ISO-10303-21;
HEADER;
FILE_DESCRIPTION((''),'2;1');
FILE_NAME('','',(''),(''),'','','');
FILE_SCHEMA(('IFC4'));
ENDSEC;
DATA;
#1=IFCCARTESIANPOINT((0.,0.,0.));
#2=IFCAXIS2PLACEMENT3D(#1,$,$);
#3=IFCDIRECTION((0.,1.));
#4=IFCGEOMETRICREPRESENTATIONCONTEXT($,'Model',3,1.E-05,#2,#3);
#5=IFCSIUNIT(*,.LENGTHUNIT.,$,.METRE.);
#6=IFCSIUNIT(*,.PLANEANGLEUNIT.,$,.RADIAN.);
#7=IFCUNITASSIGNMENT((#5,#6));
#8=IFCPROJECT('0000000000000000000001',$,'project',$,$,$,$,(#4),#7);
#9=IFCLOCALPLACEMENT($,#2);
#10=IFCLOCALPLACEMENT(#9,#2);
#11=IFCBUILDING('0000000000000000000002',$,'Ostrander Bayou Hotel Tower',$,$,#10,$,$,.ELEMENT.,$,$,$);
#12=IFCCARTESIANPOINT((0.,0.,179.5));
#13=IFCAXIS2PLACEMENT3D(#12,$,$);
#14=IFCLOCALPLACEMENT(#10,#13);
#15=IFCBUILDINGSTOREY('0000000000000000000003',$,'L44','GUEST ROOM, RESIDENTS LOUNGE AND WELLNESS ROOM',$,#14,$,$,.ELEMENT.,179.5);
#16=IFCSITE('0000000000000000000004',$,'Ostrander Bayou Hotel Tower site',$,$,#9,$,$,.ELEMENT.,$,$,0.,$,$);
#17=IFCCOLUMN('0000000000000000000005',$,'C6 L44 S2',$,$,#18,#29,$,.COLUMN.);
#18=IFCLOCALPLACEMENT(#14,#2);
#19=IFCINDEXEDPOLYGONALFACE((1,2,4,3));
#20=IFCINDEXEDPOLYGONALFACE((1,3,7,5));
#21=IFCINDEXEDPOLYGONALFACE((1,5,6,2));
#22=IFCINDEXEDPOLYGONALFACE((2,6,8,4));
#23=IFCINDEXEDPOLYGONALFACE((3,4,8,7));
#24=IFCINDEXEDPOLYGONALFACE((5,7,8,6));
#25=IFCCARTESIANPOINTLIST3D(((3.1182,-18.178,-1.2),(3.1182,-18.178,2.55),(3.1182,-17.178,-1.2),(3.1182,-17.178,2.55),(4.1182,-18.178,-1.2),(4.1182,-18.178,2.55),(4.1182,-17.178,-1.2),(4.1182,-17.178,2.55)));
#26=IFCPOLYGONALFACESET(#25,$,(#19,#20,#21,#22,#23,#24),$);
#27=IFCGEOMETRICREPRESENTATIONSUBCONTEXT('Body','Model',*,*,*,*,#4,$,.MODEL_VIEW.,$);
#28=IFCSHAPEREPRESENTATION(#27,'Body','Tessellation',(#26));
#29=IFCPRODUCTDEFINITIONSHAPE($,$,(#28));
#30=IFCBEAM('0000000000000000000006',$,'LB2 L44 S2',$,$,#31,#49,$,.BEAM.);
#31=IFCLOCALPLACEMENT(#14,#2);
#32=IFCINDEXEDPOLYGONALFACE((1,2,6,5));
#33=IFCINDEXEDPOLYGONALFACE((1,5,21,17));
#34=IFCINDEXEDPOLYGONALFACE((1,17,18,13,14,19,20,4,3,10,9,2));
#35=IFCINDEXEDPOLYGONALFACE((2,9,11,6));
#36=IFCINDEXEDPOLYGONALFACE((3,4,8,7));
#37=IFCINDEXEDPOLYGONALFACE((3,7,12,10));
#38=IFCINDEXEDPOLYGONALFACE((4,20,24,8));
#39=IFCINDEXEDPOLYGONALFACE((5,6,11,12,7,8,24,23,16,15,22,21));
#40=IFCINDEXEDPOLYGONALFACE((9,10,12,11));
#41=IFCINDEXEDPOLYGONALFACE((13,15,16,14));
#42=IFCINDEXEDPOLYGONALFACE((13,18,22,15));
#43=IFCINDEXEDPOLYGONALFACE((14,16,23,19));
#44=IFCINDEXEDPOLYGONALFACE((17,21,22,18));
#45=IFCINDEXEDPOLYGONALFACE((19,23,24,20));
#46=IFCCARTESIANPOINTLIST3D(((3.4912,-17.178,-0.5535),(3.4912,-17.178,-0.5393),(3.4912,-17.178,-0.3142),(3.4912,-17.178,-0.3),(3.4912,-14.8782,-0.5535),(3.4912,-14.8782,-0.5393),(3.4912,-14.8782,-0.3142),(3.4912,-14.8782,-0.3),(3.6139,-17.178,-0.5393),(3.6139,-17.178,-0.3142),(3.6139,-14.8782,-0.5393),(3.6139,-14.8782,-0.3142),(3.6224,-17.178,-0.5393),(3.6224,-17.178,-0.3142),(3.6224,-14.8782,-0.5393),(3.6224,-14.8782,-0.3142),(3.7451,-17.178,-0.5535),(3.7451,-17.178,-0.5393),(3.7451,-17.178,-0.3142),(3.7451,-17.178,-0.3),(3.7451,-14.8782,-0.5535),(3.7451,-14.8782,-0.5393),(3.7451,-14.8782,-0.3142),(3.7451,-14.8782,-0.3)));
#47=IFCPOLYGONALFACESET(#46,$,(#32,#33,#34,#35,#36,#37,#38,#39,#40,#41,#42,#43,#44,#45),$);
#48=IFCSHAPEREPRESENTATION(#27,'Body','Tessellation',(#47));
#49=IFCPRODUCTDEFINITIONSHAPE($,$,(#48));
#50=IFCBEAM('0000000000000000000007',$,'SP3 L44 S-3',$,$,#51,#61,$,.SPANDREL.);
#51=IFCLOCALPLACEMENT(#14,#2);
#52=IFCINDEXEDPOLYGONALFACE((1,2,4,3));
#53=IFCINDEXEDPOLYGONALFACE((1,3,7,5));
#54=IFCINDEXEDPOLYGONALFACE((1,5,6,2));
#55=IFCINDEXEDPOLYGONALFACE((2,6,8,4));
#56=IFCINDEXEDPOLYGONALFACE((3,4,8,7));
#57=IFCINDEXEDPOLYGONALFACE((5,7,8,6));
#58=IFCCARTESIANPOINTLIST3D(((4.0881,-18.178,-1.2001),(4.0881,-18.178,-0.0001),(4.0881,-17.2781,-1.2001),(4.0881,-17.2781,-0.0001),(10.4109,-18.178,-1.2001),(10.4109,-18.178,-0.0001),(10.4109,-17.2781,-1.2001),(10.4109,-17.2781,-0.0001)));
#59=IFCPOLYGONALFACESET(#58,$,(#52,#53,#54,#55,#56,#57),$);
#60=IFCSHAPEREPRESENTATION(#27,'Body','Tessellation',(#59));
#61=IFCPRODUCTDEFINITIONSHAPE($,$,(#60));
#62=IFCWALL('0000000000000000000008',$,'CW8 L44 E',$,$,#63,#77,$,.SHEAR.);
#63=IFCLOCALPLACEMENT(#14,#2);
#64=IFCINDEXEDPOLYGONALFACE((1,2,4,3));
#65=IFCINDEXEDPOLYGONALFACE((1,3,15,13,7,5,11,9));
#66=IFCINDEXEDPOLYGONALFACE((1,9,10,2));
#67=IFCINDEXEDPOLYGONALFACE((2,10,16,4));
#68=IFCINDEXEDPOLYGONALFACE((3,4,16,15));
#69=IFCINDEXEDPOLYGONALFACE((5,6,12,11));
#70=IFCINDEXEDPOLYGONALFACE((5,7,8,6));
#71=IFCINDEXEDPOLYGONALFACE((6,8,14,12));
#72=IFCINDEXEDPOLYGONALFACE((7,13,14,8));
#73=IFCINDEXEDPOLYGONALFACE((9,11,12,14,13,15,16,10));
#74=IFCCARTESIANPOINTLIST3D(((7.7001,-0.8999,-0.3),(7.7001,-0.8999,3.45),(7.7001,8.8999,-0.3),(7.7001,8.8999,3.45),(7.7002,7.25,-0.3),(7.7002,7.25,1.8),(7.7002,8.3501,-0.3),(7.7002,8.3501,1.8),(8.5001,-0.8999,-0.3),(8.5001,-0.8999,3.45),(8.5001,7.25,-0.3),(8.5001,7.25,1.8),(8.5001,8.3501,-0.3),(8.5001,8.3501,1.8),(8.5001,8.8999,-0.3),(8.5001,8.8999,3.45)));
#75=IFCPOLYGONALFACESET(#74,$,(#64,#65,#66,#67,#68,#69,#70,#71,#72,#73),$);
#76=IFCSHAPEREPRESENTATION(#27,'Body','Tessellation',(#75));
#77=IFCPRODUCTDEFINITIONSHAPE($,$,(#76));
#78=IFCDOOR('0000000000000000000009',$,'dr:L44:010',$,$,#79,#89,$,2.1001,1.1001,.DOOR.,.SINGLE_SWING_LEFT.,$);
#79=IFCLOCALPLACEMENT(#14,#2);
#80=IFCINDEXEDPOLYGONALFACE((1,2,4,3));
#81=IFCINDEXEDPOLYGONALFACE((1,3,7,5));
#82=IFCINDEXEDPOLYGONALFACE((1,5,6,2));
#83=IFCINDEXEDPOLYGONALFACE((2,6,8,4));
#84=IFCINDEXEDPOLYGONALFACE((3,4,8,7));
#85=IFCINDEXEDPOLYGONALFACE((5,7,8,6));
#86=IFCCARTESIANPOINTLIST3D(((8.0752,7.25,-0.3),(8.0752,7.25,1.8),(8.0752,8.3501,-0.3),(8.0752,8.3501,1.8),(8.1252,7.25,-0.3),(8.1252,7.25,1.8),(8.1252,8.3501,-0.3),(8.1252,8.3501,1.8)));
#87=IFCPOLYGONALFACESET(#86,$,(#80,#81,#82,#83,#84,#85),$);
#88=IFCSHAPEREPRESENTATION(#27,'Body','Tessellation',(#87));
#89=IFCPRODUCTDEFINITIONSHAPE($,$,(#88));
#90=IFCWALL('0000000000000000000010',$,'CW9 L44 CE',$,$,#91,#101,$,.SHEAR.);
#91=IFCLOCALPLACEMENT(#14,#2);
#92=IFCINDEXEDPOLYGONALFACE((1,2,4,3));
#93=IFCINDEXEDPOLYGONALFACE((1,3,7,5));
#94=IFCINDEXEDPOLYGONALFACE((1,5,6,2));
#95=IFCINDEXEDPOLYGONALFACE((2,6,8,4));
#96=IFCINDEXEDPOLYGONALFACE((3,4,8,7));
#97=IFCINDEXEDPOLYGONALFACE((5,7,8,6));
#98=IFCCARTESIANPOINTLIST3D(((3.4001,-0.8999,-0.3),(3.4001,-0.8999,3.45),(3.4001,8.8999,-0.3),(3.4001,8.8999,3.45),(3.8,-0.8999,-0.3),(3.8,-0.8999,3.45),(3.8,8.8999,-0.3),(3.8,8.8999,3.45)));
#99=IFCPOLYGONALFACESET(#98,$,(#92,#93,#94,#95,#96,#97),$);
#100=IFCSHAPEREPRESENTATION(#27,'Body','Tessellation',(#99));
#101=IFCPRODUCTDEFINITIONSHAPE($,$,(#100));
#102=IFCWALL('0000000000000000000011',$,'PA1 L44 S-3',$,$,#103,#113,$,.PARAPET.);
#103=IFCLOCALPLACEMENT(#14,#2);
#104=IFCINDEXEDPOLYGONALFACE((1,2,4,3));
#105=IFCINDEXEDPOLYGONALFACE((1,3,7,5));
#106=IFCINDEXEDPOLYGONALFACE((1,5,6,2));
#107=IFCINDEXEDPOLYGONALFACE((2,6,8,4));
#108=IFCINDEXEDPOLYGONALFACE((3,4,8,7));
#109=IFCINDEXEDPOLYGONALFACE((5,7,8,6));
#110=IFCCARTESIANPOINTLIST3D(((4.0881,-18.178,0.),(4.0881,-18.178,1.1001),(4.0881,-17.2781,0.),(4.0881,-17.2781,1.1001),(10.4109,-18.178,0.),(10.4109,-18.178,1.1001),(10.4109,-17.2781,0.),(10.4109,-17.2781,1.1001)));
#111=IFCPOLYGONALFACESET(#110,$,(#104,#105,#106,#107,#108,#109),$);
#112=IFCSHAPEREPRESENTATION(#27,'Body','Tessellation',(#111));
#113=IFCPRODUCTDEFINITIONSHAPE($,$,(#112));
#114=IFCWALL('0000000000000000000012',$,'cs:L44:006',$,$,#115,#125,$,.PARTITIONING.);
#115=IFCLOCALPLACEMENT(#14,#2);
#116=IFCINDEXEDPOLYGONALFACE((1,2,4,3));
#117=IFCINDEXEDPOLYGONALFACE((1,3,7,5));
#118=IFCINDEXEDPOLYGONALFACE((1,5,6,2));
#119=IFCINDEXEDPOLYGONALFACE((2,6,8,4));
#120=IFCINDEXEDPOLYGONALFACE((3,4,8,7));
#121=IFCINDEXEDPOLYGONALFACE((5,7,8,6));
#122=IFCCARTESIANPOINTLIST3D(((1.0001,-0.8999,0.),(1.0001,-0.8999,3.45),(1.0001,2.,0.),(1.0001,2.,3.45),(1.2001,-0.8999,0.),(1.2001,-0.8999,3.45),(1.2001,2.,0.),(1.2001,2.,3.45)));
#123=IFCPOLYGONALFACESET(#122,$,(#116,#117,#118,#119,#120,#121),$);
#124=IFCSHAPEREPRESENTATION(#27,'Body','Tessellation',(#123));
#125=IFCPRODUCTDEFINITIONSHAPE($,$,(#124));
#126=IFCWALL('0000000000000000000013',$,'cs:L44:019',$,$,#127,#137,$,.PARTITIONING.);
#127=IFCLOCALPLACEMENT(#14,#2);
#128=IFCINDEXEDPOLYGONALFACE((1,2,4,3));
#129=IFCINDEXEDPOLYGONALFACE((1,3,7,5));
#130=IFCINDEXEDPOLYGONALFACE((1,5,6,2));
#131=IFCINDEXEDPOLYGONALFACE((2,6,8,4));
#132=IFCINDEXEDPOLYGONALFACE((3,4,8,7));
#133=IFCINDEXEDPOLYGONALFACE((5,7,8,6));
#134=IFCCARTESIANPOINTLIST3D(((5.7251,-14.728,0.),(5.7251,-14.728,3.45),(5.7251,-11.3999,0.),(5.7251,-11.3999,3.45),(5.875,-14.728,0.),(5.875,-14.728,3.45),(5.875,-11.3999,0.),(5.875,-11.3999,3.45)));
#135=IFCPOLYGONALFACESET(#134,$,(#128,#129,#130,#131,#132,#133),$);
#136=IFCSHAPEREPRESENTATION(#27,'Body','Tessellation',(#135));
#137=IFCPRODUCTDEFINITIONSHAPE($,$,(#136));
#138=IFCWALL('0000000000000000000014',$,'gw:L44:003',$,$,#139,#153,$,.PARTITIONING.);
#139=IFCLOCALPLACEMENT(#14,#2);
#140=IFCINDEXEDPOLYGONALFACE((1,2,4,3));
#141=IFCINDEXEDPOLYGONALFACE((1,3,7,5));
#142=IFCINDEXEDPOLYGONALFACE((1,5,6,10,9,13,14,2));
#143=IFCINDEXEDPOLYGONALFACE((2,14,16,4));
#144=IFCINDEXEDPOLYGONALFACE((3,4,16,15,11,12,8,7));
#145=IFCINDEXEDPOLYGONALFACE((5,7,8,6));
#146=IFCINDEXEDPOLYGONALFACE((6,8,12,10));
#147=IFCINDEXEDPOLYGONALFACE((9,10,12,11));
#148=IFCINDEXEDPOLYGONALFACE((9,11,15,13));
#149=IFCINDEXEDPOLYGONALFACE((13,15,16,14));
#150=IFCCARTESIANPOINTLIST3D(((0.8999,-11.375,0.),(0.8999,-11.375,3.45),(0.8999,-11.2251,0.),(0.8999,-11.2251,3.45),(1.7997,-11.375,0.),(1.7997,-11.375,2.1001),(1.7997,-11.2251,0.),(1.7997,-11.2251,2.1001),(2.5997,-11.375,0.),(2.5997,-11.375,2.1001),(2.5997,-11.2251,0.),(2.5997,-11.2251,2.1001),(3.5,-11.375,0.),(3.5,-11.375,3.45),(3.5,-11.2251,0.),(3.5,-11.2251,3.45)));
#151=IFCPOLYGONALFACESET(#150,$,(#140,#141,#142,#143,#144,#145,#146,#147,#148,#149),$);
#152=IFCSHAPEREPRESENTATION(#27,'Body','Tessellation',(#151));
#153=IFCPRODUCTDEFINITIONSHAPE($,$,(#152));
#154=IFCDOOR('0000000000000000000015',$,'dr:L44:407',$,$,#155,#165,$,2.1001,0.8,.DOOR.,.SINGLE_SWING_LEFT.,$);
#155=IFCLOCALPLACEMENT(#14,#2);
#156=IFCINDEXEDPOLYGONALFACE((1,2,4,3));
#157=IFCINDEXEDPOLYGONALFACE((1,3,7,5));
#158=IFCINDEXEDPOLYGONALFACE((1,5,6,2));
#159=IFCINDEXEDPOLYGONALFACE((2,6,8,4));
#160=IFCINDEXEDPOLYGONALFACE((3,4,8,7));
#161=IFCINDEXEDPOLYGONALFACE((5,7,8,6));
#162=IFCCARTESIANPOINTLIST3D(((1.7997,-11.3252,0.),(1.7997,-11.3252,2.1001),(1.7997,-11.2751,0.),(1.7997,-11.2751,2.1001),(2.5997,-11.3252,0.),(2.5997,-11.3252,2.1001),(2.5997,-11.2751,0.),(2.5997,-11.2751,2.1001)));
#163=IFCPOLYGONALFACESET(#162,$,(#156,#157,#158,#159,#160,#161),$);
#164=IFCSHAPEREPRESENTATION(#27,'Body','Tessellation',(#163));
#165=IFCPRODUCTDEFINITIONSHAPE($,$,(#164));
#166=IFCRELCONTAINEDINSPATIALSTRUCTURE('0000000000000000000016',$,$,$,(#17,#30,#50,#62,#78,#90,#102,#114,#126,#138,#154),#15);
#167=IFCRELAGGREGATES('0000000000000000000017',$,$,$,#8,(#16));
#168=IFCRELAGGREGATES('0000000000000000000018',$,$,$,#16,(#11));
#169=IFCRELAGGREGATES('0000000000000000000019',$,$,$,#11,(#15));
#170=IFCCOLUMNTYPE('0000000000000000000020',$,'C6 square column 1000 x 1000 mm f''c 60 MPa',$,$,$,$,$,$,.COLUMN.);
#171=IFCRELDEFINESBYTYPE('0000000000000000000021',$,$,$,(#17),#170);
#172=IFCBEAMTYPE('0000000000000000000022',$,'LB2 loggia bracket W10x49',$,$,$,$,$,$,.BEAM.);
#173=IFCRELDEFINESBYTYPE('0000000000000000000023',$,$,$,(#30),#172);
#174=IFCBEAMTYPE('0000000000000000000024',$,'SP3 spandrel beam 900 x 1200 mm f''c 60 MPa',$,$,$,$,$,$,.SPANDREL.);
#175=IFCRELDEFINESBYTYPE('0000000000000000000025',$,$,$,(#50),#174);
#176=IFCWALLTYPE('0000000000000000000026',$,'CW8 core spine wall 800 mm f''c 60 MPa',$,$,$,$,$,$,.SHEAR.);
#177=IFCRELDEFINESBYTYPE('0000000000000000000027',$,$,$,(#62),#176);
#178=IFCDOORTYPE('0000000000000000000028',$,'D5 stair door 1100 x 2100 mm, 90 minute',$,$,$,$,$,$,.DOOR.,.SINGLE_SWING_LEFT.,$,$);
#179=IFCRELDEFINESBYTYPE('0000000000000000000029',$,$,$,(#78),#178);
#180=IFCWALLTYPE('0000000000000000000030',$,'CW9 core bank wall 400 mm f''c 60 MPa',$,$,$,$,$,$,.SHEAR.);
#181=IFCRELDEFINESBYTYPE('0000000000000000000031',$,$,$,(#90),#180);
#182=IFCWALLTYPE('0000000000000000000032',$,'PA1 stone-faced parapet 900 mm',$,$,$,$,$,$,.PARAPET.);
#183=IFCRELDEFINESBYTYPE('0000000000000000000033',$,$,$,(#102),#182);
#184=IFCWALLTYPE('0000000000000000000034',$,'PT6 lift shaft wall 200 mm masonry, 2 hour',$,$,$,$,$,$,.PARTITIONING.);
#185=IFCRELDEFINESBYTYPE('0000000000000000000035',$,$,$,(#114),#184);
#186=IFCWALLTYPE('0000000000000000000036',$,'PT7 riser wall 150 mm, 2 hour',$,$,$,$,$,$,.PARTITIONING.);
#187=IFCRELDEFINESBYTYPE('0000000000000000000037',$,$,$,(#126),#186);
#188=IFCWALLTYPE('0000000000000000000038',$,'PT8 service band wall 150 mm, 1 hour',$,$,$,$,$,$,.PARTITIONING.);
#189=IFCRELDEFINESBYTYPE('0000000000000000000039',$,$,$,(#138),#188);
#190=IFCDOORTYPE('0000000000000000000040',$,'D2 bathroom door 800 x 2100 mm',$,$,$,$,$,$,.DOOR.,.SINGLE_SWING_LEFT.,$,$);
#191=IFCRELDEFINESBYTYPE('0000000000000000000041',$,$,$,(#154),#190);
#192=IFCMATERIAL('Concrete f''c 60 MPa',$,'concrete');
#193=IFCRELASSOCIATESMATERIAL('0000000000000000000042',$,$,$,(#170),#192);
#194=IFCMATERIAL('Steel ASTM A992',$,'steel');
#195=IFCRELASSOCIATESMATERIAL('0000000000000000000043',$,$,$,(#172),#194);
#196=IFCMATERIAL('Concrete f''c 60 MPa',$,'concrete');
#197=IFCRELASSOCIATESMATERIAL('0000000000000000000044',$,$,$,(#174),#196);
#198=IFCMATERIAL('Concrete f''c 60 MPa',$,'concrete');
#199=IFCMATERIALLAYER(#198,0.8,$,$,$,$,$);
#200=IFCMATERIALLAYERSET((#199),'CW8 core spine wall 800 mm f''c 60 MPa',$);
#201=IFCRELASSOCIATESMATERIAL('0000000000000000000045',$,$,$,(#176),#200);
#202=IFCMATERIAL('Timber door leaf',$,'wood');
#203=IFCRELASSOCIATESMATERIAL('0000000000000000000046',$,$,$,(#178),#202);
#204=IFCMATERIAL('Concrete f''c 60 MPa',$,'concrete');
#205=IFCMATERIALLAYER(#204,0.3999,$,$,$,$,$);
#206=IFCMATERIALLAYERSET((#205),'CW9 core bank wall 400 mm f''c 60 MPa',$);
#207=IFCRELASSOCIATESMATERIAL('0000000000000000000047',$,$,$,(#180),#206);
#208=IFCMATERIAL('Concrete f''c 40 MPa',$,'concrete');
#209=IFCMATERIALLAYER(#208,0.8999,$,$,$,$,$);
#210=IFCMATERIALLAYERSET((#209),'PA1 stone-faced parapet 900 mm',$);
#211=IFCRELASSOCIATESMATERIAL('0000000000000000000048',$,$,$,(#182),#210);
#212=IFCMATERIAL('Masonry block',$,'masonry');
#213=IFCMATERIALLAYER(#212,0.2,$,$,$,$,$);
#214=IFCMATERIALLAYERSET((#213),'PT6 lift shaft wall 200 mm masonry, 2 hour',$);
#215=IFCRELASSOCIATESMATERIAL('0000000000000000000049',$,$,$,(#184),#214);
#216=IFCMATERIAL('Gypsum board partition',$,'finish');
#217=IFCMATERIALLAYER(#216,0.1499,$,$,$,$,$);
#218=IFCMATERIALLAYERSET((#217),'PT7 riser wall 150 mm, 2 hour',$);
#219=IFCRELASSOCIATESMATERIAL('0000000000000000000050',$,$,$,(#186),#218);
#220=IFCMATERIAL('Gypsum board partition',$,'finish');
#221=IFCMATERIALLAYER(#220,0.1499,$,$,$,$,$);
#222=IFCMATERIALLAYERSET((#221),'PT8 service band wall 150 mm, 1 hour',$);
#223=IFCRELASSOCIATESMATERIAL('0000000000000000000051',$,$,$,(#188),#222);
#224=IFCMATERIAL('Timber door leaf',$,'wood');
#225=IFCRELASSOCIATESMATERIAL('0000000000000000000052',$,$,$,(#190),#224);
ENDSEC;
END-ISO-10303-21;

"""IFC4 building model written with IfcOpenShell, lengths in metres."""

from ifc_helpers import new_model, si_unit, direction, frame, frame_2d, origin, origin_2d, place, context, subcontext, project, spatial, rectangle, i_section, extrude, material, layer, layer_set, material_profile, profile_set, type_object, element, fill, save


model = new_model("IFC4")

# Units and contexts
model_context = context("Model", 3, precision=1e-05, world=origin(), true_north=direction((0.0, 1.0)))
body_context = subcontext(model_context, "Body", "Model", "MODEL_VIEW")
ifc_project = project(units=[si_unit("LENGTHUNIT", "METRE"), si_unit("PLANEANGLEUNIT", "RADIAN")], contexts=[model_context])

# Site, building, storey
site_placement = place(None, origin())
site = spatial("IfcSite", under=ifc_project, at=site_placement, Name="Ostrander Bayou Hotel Tower site", CompositionType="ELEMENT", RefElevation=0.0)
building_placement = place(site_placement, origin())
building = spatial("IfcBuilding", under=site, at=building_placement, Name="Ostrander Bayou Hotel Tower", CompositionType="ELEMENT")
storey_placement = place(building_placement, frame((0.0, 0.0, 179.5)))
storey = spatial("IfcBuildingStorey", under=building, at=storey_placement, Name="L44", Description="GUEST ROOM, RESIDENTS LOUNGE AND WELLNESS ROOM", CompositionType="ELEMENT", Elevation=179.5)

# Column
ifc_material_1 = material(Name="Concrete f'c 60 MPa", Category="concrete")
ifc_material_profile_1 = material_profile(ifc_material_1, rectangle(XDim=1.0, YDim=1.0, at=origin_2d()))
ifc_profile_set_1 = profile_set([ifc_material_profile_1], Name="Concrete f'c 60 MPa")
column_type = type_object("IfcColumnType", Name="C6 square column 1000 x 1000 mm f'c 60 MPa", PredefinedType="COLUMN", material=ifc_profile_set_1)
column_placement = place(storey_placement, frame((3.6182, -17.678, -1.2), z_axis=(0.0, 0.0, 1.0), x_axis=(-1.0, 0.0, 0.0)))
element("IfcColumn", 1, at=column_placement, inside=storey, type_object=column_type, Name="C6 L44 S2", PredefinedType="COLUMN", context=body_context, shape_type="SweptSolid", body=[
    extrude(rectangle(XDim=1.0, YDim=1.0, at=origin_2d()), origin(), (0.0, 0.0, 1.0), 3.75),
])

# Beams
ifc_material_2 = material(Name="Steel ASTM A992", Category="steel")
ifc_material_profile_2 = material_profile(ifc_material_2, i_section(OverallWidth=0.2539, OverallDepth=0.2534, WebThickness=0.0085, FlangeThickness=0.0142, at=origin_2d()))
ifc_profile_set_2 = profile_set([ifc_material_profile_2], Name="Steel ASTM A992")
beam_type_1 = type_object("IfcBeamType", Name="LB2 loggia bracket W10x49", PredefinedType="BEAM", material=ifc_profile_set_2)
beam_1_placement = place(storey_placement, frame((3.6182, -17.178, -0.4268), z_axis=(0.0, 1.0, 0.0), x_axis=(-1.0, 0.0, 0.0)))
element("IfcBeam", 2, at=beam_1_placement, inside=storey, type_object=beam_type_1, Name="LB2 L44 S2", PredefinedType="BEAM", context=body_context, shape_type="SweptSolid", body=[
    extrude(i_section(OverallWidth=0.2539, OverallDepth=0.2534, WebThickness=0.0085, FlangeThickness=0.0142, at=origin_2d()), origin(), (0.0, 0.0, 1.0), 2.2998),
])
ifc_material_3 = material(Name="Concrete f'c 60 MPa", Category="concrete")
ifc_material_profile_3 = material_profile(ifc_material_3, rectangle(XDim=0.8999, YDim=1.2, at=origin_2d()))
ifc_profile_set_3 = profile_set([ifc_material_profile_3], Name="Concrete f'c 60 MPa")
beam_type_2 = type_object("IfcBeamType", Name="SP3 spandrel beam 900 x 1200 mm f'c 60 MPa", PredefinedType="SPANDREL", material=ifc_profile_set_3)
beam_2_placement = place(storey_placement, frame((4.0881, -17.728, -0.6001), z_axis=(1.0, 0.0, 0.0), x_axis=(0.0, 1.0, 0.0)))
element("IfcBeam", 3, at=beam_2_placement, inside=storey, type_object=beam_type_2, Name="SP3 L44 S-3", PredefinedType="SPANDREL", context=body_context, shape_type="SweptSolid", body=[
    extrude(rectangle(XDim=0.8999, YDim=1.2, at=origin_2d()), origin(), (0.0, 0.0, 1.0), 6.3228),
])

# Wall, opening, door
ifc_material_4 = material(Name="Concrete f'c 60 MPa", Category="concrete")
ifc_layer_1 = layer(ifc_material_4, 0.8)
ifc_layer_set_1 = layer_set([ifc_layer_1], Name="CW8 core spine wall 800 mm f'c 60 MPa")
wall_type_1 = type_object("IfcWallType", Name="CW8 core spine wall 800 mm f'c 60 MPa", PredefinedType="SHEAR", material=ifc_layer_set_1)
wall_1_placement = place(storey_placement, frame((8.1001, -0.8999, -0.3), z_axis=(0.0, 0.0, 1.0), x_axis=(0.0, 1.0, 0.0)))
wall_1 = element("IfcWall", 4, at=wall_1_placement, inside=storey, type_object=wall_type_1, Name="CW8 L44 E", PredefinedType="SHEAR", context=body_context, shape_type="SweptSolid", body=[
    extrude(rectangle(XDim=9.7998, YDim=0.8, at=frame_2d((4.8999, 0.0))), origin(), (0.0, 0.0, 1.0), 3.75),
])
opening_1_placement = place(wall_1_placement, frame((8.1499, 0.0, 0.0)))
opening_1 = element("IfcOpeningElement", 5, at=opening_1_placement, cuts=wall_1, PredefinedType="OPENING", context=body_context, shape_type="SweptSolid", body=[
    extrude(rectangle(XDim=1.1001, YDim=2.1001, at=frame_2d((0.55, 1.05))), frame((0.0, 0.3999, 0.0), z_axis=(0.0, -1.0, 0.0), x_axis=(1.0, 0.0, 0.0)), (0.0, 0.0, 1.0), 0.8),
])
ifc_material_5 = material(Name="Timber door leaf", Category="wood")
door_type_1 = type_object("IfcDoorType", Name="D5 stair door 1100 x 2100 mm, 90 minute", OperationType="SINGLE_SWING_LEFT", PredefinedType="DOOR", material=ifc_material_5)
door_1_placement = place(opening_1_placement, origin())
door_1 = element("IfcDoor", 6, at=door_1_placement, inside=storey, type_object=door_type_1, Name="dr:L44:010", OperationType="SINGLE_SWING_LEFT", OverallHeight=2.1001, OverallWidth=1.1001, PredefinedType="DOOR", context=body_context, shape_type="SweptSolid", body=[
    extrude(rectangle(XDim=1.1001, YDim=2.1001, at=frame_2d((0.55, 1.05))), frame((0.0, 0.0249, 0.0), z_axis=(0.0, -1.0, 0.0), x_axis=(1.0, 0.0, 0.0)), (0.0, 0.0, 1.0), 0.05),
])
fill(opening_1, door_1)

# Walls
ifc_material_6 = material(Name="Concrete f'c 60 MPa", Category="concrete")
ifc_layer_2 = layer(ifc_material_6, 0.3999)
ifc_layer_set_2 = layer_set([ifc_layer_2], Name="CW9 core bank wall 400 mm f'c 60 MPa")
wall_type_2 = type_object("IfcWallType", Name="CW9 core bank wall 400 mm f'c 60 MPa", PredefinedType="SHEAR", material=ifc_layer_set_2)
wall_2_placement = place(storey_placement, frame((3.6001, -0.8999, -0.3), z_axis=(0.0, 0.0, 1.0), x_axis=(0.0, 1.0, 0.0)))
element("IfcWall", 7, at=wall_2_placement, inside=storey, type_object=wall_type_2, Name="CW9 L44 CE", PredefinedType="SHEAR", context=body_context, shape_type="SweptSolid", body=[
    extrude(rectangle(XDim=9.7998, YDim=0.3999, at=frame_2d((4.8999, 0.0))), origin(), (0.0, 0.0, 1.0), 3.75),
])
ifc_material_7 = material(Name="Concrete f'c 40 MPa", Category="concrete")
ifc_layer_3 = layer(ifc_material_7, 0.8999)
ifc_layer_set_3 = layer_set([ifc_layer_3], Name="PA1 stone-faced parapet 900 mm")
wall_type_3 = type_object("IfcWallType", Name="PA1 stone-faced parapet 900 mm", PredefinedType="PARAPET", material=ifc_layer_set_3)
wall_3_placement = place(storey_placement, frame((4.0881, -17.728, 0.0), z_axis=(0.0, 0.0, 1.0), x_axis=(1.0, 0.0, 0.0)))
element("IfcWall", 8, at=wall_3_placement, inside=storey, type_object=wall_type_3, Name="PA1 L44 S-3", PredefinedType="PARAPET", context=body_context, shape_type="SweptSolid", body=[
    extrude(rectangle(XDim=6.3228, YDim=0.8999, at=frame_2d((3.1614, 0.0))), origin(), (0.0, 0.0, 1.0), 1.1001),
])
ifc_material_8 = material(Name="Masonry block", Category="masonry")
ifc_layer_4 = layer(ifc_material_8, 0.2)
ifc_layer_set_4 = layer_set([ifc_layer_4], Name="PT6 lift shaft wall 200 mm masonry, 2 hour")
wall_type_4 = type_object("IfcWallType", Name="PT6 lift shaft wall 200 mm masonry, 2 hour", PredefinedType="PARTITIONING", material=ifc_layer_set_4)
wall_4_placement = place(storey_placement, frame((1.1001, -0.8999, 0.0), z_axis=(0.0, 0.0, 1.0), x_axis=(0.0, 1.0, 0.0)))
element("IfcWall", 9, at=wall_4_placement, inside=storey, type_object=wall_type_4, Name="cs:L44:006", PredefinedType="PARTITIONING", context=body_context, shape_type="SweptSolid", body=[
    extrude(rectangle(XDim=2.8999, YDim=0.2, at=frame_2d((1.45, 0.0))), origin(), (0.0, 0.0, 1.0), 3.45),
])
ifc_material_9 = material(Name="Gypsum board partition", Category="finish")
ifc_layer_5 = layer(ifc_material_9, 0.1499)
ifc_layer_set_5 = layer_set([ifc_layer_5], Name="PT7 riser wall 150 mm, 2 hour")
wall_type_5 = type_object("IfcWallType", Name="PT7 riser wall 150 mm, 2 hour", PredefinedType="PARTITIONING", material=ifc_layer_set_5)
wall_5_placement = place(storey_placement, frame((5.8, -11.3999, 0.0), z_axis=(0.0, 0.0, 1.0), x_axis=(0.0, -1.0, 0.0)))
element("IfcWall", 10, at=wall_5_placement, inside=storey, type_object=wall_type_5, Name="cs:L44:019", PredefinedType="PARTITIONING", context=body_context, shape_type="SweptSolid", body=[
    extrude(rectangle(XDim=3.3281, YDim=0.1499, at=frame_2d((1.6641, 0.0))), origin(), (0.0, 0.0, 1.0), 3.45),
])

# Wall, opening, door
ifc_material_10 = material(Name="Gypsum board partition", Category="finish")
ifc_layer_6 = layer(ifc_material_10, 0.1499)
ifc_layer_set_6 = layer_set([ifc_layer_6], Name="PT8 service band wall 150 mm, 1 hour")
wall_type_6 = type_object("IfcWallType", Name="PT8 service band wall 150 mm, 1 hour", PredefinedType="PARTITIONING", material=ifc_layer_set_6)
wall_6_placement = place(storey_placement, frame((0.8999, -11.3, 0.0), z_axis=(0.0, 0.0, 1.0), x_axis=(1.0, 0.0, 0.0)))
wall_6 = element("IfcWall", 11, at=wall_6_placement, inside=storey, type_object=wall_type_6, Name="gw:L44:003", PredefinedType="PARTITIONING", context=body_context, shape_type="SweptSolid", body=[
    extrude(rectangle(XDim=2.6001, YDim=0.1499, at=frame_2d((1.3, 0.0))), origin(), (0.0, 0.0, 1.0), 3.45),
])
opening_2_placement = place(wall_6_placement, frame((0.8999, 0.0, 0.0)))
opening_2 = element("IfcOpeningElement", 12, at=opening_2_placement, cuts=wall_6, PredefinedType="OPENING", context=body_context, shape_type="SweptSolid", body=[
    extrude(rectangle(XDim=0.8, YDim=2.1001, at=frame_2d((0.3999, 1.05))), frame((0.0, 0.075, 0.0), z_axis=(0.0, -1.0, 0.0), x_axis=(1.0, 0.0, 0.0)), (0.0, 0.0, 1.0), 0.1499),
])
ifc_material_11 = material(Name="Timber door leaf", Category="wood")
door_type_2 = type_object("IfcDoorType", Name="D2 bathroom door 800 x 2100 mm", OperationType="SINGLE_SWING_LEFT", PredefinedType="DOOR", material=ifc_material_11)
door_2_placement = place(opening_2_placement, origin())
door_2 = element("IfcDoor", 13, at=door_2_placement, inside=storey, type_object=door_type_2, Name="dr:L44:407", OperationType="SINGLE_SWING_LEFT", OverallHeight=2.1001, OverallWidth=0.8, PredefinedType="DOOR", context=body_context, shape_type="SweptSolid", body=[
    extrude(rectangle(XDim=0.8, YDim=2.1001, at=frame_2d((0.3999, 1.05))), frame((0.0, 0.0249, 0.0), z_axis=(0.0, -1.0, 0.0), x_axis=(1.0, 0.0, 0.0)), (0.0, 0.0, 1.0), 0.05),
])
fill(opening_2, door_2)

save(model, "model.ifc")
